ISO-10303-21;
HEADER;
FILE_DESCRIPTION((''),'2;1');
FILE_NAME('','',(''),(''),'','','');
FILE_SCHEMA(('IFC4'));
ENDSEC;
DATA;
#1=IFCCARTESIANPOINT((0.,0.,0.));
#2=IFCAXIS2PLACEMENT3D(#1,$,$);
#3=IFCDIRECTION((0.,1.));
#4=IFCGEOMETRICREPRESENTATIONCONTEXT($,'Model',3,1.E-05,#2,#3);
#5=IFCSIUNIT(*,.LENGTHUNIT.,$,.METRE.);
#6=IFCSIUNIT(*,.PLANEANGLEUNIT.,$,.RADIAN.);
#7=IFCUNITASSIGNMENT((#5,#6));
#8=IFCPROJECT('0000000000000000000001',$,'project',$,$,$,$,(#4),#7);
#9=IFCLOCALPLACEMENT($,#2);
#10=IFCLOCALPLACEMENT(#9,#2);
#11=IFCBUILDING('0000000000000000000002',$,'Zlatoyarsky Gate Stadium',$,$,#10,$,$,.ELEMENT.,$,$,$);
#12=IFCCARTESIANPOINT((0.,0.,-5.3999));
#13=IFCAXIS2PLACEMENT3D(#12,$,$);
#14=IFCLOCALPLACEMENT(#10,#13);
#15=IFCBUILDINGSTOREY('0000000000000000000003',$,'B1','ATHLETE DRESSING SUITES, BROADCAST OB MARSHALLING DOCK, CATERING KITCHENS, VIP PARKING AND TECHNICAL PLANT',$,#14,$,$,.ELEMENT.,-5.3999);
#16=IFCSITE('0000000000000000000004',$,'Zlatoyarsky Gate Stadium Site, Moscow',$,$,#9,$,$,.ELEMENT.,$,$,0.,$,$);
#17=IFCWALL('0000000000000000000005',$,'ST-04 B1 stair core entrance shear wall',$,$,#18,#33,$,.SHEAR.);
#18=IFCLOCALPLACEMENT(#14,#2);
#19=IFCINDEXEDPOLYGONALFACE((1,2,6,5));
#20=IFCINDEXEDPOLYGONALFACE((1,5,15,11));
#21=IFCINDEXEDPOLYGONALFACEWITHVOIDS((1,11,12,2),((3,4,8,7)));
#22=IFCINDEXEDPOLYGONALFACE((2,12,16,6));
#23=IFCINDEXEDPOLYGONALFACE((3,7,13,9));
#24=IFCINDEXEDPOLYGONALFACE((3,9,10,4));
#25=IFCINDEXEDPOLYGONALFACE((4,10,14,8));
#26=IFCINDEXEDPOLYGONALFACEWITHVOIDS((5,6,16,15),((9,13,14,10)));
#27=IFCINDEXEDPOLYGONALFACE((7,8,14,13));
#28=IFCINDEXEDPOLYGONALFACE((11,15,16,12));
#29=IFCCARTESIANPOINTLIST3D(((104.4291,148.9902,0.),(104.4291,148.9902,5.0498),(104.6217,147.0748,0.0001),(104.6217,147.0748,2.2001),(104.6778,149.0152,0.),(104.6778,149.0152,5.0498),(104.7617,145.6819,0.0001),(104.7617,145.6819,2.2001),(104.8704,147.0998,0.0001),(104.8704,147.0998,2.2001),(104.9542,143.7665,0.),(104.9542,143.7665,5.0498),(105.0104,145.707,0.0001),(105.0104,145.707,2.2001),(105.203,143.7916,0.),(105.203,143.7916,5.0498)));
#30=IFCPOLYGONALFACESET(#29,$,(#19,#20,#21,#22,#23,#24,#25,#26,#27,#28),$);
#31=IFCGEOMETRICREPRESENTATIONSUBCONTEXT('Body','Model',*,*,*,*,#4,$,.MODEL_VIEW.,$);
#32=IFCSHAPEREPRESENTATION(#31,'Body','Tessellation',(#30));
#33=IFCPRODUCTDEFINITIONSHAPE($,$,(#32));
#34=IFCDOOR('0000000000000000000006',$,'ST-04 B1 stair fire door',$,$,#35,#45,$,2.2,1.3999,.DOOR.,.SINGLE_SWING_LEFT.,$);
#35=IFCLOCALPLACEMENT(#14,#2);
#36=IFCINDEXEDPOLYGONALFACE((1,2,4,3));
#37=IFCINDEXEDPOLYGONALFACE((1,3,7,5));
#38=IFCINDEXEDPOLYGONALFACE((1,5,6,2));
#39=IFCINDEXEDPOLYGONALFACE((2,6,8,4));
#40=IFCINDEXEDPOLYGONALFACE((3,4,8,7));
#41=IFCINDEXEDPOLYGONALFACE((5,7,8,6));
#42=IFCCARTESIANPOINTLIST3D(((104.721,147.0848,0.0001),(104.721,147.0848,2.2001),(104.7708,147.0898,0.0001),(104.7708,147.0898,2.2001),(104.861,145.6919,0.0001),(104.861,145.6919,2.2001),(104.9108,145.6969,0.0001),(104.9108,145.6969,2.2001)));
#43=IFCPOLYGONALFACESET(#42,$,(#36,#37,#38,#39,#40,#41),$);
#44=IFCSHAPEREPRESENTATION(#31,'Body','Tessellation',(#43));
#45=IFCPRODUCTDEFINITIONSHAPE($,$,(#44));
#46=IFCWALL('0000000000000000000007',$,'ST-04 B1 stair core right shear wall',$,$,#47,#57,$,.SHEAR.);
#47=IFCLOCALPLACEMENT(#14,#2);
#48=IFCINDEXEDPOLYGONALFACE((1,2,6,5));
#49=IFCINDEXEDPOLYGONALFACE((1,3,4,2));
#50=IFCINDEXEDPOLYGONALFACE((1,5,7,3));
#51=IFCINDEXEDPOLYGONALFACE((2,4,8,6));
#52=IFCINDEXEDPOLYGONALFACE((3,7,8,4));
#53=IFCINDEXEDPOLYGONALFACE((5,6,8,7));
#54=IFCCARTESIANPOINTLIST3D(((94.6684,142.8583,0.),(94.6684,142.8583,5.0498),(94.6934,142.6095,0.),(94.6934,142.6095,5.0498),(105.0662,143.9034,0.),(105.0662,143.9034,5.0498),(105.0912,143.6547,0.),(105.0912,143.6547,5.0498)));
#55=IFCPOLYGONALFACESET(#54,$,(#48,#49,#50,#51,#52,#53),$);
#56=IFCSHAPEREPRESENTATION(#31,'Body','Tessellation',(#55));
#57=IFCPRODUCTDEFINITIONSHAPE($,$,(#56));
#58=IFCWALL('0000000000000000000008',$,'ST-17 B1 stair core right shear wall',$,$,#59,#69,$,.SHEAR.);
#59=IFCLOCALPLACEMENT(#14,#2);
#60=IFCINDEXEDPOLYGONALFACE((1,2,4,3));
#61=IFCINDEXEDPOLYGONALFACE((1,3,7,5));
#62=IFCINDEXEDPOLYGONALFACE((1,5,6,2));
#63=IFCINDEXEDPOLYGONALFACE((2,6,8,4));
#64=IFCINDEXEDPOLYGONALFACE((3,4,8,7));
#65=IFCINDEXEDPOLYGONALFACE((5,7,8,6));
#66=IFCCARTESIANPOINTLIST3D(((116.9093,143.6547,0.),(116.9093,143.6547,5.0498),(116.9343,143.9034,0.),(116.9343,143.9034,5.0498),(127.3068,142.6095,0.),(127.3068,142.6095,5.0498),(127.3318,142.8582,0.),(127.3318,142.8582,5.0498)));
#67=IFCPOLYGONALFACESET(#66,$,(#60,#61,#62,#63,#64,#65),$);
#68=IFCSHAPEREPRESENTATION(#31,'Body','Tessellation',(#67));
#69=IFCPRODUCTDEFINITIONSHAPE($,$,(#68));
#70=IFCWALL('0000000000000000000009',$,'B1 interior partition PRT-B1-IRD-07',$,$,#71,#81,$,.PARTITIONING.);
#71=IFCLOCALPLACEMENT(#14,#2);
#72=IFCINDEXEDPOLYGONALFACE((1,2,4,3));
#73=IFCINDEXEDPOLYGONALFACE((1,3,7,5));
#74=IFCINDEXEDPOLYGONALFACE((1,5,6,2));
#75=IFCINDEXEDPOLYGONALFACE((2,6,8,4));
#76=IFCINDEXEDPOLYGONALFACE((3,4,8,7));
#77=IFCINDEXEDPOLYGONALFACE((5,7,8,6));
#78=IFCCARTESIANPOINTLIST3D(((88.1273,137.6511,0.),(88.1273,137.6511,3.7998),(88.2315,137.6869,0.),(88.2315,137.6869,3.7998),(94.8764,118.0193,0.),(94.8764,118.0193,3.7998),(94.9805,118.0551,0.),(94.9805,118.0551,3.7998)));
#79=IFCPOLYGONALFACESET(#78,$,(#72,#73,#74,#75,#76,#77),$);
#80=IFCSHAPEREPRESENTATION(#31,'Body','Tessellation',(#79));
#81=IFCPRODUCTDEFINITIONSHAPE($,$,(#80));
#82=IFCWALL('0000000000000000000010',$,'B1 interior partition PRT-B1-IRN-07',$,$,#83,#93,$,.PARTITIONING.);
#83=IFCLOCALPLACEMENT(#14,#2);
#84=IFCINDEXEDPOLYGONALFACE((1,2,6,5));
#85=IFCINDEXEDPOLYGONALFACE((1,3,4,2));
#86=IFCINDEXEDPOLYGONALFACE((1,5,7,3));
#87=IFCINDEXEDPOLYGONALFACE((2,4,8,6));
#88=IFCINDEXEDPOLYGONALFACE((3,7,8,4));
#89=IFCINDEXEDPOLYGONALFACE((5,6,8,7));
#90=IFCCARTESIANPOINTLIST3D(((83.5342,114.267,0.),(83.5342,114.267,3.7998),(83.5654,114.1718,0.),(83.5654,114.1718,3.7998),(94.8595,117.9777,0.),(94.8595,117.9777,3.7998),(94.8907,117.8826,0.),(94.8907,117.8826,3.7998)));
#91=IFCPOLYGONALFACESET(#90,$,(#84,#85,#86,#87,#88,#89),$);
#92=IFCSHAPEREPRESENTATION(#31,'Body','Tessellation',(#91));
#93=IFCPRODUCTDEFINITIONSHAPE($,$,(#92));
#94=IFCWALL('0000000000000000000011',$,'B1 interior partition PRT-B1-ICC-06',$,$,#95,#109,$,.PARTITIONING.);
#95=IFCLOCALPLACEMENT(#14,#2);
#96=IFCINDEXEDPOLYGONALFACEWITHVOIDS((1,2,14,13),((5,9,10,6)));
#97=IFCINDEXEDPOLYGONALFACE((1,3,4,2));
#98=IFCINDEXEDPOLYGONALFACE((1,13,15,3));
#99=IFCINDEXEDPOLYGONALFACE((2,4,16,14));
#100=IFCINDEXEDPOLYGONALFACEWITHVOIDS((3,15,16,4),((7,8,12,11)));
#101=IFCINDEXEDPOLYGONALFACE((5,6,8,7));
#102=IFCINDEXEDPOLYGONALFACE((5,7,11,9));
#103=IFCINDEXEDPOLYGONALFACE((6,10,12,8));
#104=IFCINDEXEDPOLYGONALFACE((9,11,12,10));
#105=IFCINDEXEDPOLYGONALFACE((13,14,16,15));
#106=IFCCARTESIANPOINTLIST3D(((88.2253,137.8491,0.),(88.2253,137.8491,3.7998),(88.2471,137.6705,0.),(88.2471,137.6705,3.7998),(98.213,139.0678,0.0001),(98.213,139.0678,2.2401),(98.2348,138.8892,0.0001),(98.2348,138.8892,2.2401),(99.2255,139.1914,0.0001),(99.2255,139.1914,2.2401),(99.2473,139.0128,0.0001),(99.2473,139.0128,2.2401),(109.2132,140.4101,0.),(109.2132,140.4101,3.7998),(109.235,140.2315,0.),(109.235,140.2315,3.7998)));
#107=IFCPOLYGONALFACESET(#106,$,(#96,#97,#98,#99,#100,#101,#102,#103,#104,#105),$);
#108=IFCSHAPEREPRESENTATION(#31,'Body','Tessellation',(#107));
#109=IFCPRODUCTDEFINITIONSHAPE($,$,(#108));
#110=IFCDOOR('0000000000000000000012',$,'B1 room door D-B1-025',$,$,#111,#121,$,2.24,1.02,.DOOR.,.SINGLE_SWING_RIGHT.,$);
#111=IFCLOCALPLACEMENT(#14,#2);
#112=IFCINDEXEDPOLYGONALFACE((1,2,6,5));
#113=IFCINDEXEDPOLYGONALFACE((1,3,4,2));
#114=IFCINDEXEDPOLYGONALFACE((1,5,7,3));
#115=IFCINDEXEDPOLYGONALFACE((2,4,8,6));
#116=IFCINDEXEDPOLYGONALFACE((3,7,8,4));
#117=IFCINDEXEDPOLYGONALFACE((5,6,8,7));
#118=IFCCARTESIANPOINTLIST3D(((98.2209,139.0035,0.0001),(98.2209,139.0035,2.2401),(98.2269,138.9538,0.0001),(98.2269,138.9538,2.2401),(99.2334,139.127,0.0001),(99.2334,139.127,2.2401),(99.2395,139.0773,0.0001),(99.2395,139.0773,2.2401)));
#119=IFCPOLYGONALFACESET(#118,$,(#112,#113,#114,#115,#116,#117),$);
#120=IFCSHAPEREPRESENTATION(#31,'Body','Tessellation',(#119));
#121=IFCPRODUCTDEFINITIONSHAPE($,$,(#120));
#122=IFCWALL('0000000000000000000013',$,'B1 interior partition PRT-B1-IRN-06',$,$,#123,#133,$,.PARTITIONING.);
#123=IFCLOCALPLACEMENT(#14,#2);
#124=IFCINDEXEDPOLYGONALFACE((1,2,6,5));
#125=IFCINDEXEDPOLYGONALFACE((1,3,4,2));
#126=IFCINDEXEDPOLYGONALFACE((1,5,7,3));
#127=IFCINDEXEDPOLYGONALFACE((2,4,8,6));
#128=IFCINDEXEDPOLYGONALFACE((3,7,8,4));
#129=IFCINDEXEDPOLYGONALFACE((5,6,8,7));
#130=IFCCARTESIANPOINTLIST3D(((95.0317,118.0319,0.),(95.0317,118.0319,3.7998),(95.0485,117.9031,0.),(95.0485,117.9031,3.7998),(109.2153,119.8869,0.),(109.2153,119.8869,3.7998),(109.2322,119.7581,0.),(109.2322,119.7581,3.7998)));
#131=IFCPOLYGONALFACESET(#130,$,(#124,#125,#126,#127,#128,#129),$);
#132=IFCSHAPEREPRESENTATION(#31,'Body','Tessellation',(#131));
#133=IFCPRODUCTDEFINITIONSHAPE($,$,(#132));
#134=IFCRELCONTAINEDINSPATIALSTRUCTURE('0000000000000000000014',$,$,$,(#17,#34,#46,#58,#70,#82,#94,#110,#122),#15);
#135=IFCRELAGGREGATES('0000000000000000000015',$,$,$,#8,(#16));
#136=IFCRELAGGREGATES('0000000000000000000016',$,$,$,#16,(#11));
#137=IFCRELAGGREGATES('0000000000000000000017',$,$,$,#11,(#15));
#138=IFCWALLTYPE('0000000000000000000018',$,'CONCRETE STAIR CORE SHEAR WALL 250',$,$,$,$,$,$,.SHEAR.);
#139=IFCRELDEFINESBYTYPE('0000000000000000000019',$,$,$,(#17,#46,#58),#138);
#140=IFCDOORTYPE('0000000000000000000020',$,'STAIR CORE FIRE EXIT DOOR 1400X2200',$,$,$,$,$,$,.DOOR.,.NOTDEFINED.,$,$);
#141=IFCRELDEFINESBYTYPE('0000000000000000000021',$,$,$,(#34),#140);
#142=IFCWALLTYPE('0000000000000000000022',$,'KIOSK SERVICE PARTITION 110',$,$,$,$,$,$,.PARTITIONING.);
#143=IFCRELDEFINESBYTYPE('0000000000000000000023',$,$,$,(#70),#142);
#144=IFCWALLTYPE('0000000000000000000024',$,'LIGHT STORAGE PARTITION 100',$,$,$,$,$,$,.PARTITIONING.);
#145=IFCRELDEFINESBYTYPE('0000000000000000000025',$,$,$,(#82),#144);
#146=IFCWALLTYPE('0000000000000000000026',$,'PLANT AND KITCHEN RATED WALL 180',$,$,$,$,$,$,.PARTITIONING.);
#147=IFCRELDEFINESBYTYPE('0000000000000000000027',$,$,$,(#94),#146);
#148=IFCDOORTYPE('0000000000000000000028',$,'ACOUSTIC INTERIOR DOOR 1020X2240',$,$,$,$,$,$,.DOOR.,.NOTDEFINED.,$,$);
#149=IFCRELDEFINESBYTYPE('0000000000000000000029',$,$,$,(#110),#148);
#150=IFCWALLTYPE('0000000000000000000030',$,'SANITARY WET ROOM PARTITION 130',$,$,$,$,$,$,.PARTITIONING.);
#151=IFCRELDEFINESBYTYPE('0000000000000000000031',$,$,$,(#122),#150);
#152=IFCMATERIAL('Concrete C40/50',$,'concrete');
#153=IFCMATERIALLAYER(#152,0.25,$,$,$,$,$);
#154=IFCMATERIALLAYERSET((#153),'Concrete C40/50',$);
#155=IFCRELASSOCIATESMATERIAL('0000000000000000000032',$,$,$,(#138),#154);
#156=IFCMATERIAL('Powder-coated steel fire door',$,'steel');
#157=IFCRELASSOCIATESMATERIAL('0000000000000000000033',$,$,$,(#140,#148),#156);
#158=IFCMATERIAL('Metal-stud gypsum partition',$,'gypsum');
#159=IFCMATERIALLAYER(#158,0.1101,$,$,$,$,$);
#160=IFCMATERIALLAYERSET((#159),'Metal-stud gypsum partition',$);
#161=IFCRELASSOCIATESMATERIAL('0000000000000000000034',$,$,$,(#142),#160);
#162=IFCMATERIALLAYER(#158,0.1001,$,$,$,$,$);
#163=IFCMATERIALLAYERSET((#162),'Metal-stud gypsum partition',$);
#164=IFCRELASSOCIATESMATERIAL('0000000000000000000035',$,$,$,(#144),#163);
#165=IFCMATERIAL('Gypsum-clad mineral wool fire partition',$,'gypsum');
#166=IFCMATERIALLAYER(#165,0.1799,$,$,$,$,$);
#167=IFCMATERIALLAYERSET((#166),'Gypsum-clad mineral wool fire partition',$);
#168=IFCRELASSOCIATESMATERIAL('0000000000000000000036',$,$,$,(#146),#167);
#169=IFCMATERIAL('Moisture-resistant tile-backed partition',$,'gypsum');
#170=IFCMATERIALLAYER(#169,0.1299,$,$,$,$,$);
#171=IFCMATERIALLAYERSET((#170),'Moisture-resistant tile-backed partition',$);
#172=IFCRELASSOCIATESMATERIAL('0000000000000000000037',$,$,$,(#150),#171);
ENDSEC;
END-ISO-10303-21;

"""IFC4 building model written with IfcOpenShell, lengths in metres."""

from ifc_helpers import new_model, si_unit, direction, frame, frame_2d, origin, place, context, subcontext, project, spatial, rectangle, extrude, material, layer, layer_set, type_object, element, fill, save


model = new_model("IFC4")

# Units and contexts
model_context = context("Model", 3, precision=1e-05, world=origin(), true_north=direction((0.0, 1.0)))
body_context = subcontext(model_context, "Body", "Model", "MODEL_VIEW")
ifc_project = project(units=[si_unit("LENGTHUNIT", "METRE"), si_unit("PLANEANGLEUNIT", "RADIAN")], contexts=[model_context])

# Site, building, storey
site_placement = place(None, origin())
site = spatial("IfcSite", under=ifc_project, at=site_placement, Name="Zlatoyarsky Gate Stadium Site, Moscow", CompositionType="ELEMENT", RefElevation=0.0)
building_placement = place(site_placement, origin())
building = spatial("IfcBuilding", under=site, at=building_placement, Name="Zlatoyarsky Gate Stadium", CompositionType="ELEMENT")
storey_placement = place(building_placement, frame((0.0, 0.0, -5.3999)))
storey = spatial("IfcBuildingStorey", under=building, at=storey_placement, Name="B1", Description="ATHLETE DRESSING SUITES, BROADCAST OB MARSHALLING DOCK, CATERING KITCHENS, VIP PARKING AND TECHNICAL PLANT", CompositionType="ELEMENT", Elevation=-5.3999)

# Shared definitions
ifc_material_1 = material(Name="Concrete C40/50", Category="concrete")

# Wall, opening, door
ifc_layer_1 = layer(ifc_material_1, 0.25)
ifc_layer_set_1 = layer_set([ifc_layer_1], Name="Concrete C40/50")
wall_type_1 = type_object("IfcWallType", Name="CONCRETE STAIR CORE SHEAR WALL 250", PredefinedType="SHEAR", material=ifc_layer_set_1)
wall_1_placement = place(storey_placement, frame((105.0786, 143.7791, 0.0), z_axis=(0.0, 0.0, 1.0), x_axis=(-0.100029, 0.994985, 0.0)))
wall_1 = element("IfcWall", 1, at=wall_1_placement, inside=storey, type_object=wall_type_1, Name="ST-04 B1 stair core entrance shear wall", PredefinedType="SHEAR", context=body_context, shape_type="SweptSolid", body=[
    extrude(rectangle(XDim=5.25, YDim=0.25, at=frame_2d((2.625, 0.0))), origin(), (0.0, 0.0, 1.0), 5.0498),
])
opening_1_placement = place(wall_1_placement, frame((1.925, 0.0, 0.0)))
opening_1 = element("IfcOpeningElement", 2, at=opening_1_placement, cuts=wall_1, PredefinedType="OPENING", context=body_context, shape_type="SweptSolid", body=[
    extrude(rectangle(XDim=1.3999, YDim=2.2, at=frame_2d((0.7, 1.1001))), frame((0.0, 0.135, 0.0), z_axis=(0.0, -1.0, 0.0), x_axis=(1.0, 0.0, 0.0)), (0.0, 0.0, 1.0), 0.27),
])
ifc_material_2 = material(Name="Powder-coated steel fire door", Category="steel")
door_type_1 = type_object("IfcDoorType", Name="STAIR CORE FIRE EXIT DOOR 1400X2200", OperationType="NOTDEFINED", PredefinedType="DOOR", material=ifc_material_2)
door_1_placement = place(opening_1_placement, frame((1.3999, 0.0, 0.0), z_axis=(0.0, 0.0, 1.0), x_axis=(-1.0, 0.0, 0.0)))
door_1 = element("IfcDoor", 3, at=door_1_placement, inside=storey, type_object=door_type_1, Name="ST-04 B1 stair fire door", OperationType="SINGLE_SWING_LEFT", OverallHeight=2.2, OverallWidth=1.3999, PredefinedType="DOOR", context=body_context, shape_type="SweptSolid", body=[
    extrude(rectangle(XDim=1.3999, YDim=2.2, at=frame_2d((0.7, 1.1001))), frame((0.0, 0.0249, 0.0), z_axis=(0.0, -1.0, 0.0), x_axis=(1.0, 0.0, 0.0)), (0.0, 0.0, 1.0), 0.05),
])
fill(opening_1, door_1)

# Walls
wall_2_placement = place(storey_placement, frame((94.6809, 142.7339, 0.0), z_axis=(0.0, 0.0, 1.0), x_axis=(0.994986, 0.100015, 0.0)))
element("IfcWall", 4, at=wall_2_placement, inside=storey, type_object=wall_type_1, Name="ST-04 B1 stair core right shear wall", PredefinedType="SHEAR", context=body_context, shape_type="SweptSolid", body=[
    extrude(rectangle(XDim=10.4502, YDim=0.25, at=frame_2d((5.2251, 0.0))), origin(), (0.0, 0.0, 1.0), 5.0498),
])
wall_3_placement = place(storey_placement, frame((116.9216, 143.7791, 0.0), z_axis=(0.0, 0.0, 1.0), x_axis=(0.994986, -0.100017, 0.0)))
element("IfcWall", 5, at=wall_3_placement, inside=storey, type_object=wall_type_1, Name="ST-17 B1 stair core right shear wall", PredefinedType="SHEAR", context=body_context, shape_type="SweptSolid", body=[
    extrude(rectangle(XDim=10.45, YDim=0.25, at=frame_2d((5.2251, 0.0))), origin(), (0.0, 0.0, 1.0), 5.0498),
])
ifc_material_3 = material(Name="Metal-stud gypsum partition", Category="gypsum")
ifc_layer_2 = layer(ifc_material_3, 0.1101)
ifc_layer_set_2 = layer_set([ifc_layer_2], Name="Metal-stud gypsum partition")
wall_type_2 = type_object("IfcWallType", Name="KIOSK SERVICE PARTITION 110", PredefinedType="PARTITIONING", material=ifc_layer_set_2)
wall_4_placement = place(storey_placement, frame((94.9285, 118.0371, 0.0), z_axis=(0.0, 0.0, 1.0), x_axis=(-0.325105, 0.945678, 0.0)))
element("IfcWall", 6, at=wall_4_placement, inside=storey, type_object=wall_type_2, Name="B1 interior partition PRT-B1-IRD-07", PredefinedType="PARTITIONING", context=body_context, shape_type="SweptSolid", body=[
    extrude(rectangle(XDim=20.7595, YDim=0.1101, at=frame_2d((10.3799, 0.0))), origin(), (0.0, 0.0, 1.0), 3.7998),
])
ifc_layer_3 = layer(ifc_material_3, 0.1001)
ifc_layer_set_3 = layer_set([ifc_layer_3], Name="Metal-stud gypsum partition")
wall_type_3 = type_object("IfcWallType", Name="LIGHT STORAGE PARTITION 100", PredefinedType="PARTITIONING", material=ifc_layer_set_3)
wall_5_placement = place(storey_placement, frame((94.8752, 117.9302, 0.0), z_axis=(0.0, 0.0, 1.0), x_axis=(-0.950291, -0.311362, 0.0)))
element("IfcWall", 7, at=wall_5_placement, inside=storey, type_object=wall_type_3, Name="B1 interior partition PRT-B1-IRN-07", PredefinedType="PARTITIONING", context=body_context, shape_type="SweptSolid", body=[
    extrude(rectangle(XDim=11.9177, YDim=0.1001, at=frame_2d((5.959, 0.0))), origin(), (0.0, 0.0, 1.0), 3.7998),
])

# Wall, opening, door
ifc_material_4 = material(Name="Gypsum-clad mineral wool fire partition", Category="gypsum")
ifc_layer_4 = layer(ifc_material_4, 0.1799)
ifc_layer_set_4 = layer_set([ifc_layer_4], Name="Gypsum-clad mineral wool fire partition")
wall_type_4 = type_object("IfcWallType", Name="PLANT AND KITCHEN RATED WALL 180", PredefinedType="PARTITIONING", material=ifc_layer_set_4)
wall_6_placement = place(storey_placement, frame((109.2241, 140.3208, 0.0), z_axis=(0.0, 0.0, 1.0), x_axis=(-0.992637, -0.121127, 0.0)))
wall_6 = element("IfcWall", 8, at=wall_6_placement, inside=storey, type_object=wall_type_4, Name="B1 interior partition PRT-B1-ICC-06", PredefinedType="PARTITIONING", context=body_context, shape_type="SweptSolid", body=[
    extrude(rectangle(XDim=21.1436, YDim=0.1799, at=frame_2d((10.5718, 0.0))), origin(), (0.0, 0.0, 1.0), 3.7998),
])
opening_2_placement = place(wall_6_placement, frame((10.0618, 0.0, 0.0)))
opening_2 = element("IfcOpeningElement", 9, at=opening_2_placement, cuts=wall_6, PredefinedType="OPENING", context=body_context, shape_type="SweptSolid", body=[
    extrude(rectangle(XDim=1.02, YDim=2.24, at=frame_2d((0.51, 1.1201))), frame((0.0, 0.0999, 0.0), z_axis=(0.0, -1.0, 0.0), x_axis=(1.0, 0.0, 0.0)), (0.0, 0.0, 1.0), 0.2),
])
door_type_2 = type_object("IfcDoorType", Name="ACOUSTIC INTERIOR DOOR 1020X2240", OperationType="NOTDEFINED", PredefinedType="DOOR", material=ifc_material_2)
door_2_placement = place(opening_2_placement, origin())
door_2 = element("IfcDoor", 10, at=door_2_placement, inside=storey, type_object=door_type_2, Name="B1 room door D-B1-025", OperationType="SINGLE_SWING_RIGHT", OverallHeight=2.24, OverallWidth=1.02, PredefinedType="DOOR", context=body_context, shape_type="SweptSolid", body=[
    extrude(rectangle(XDim=1.02, YDim=2.24, at=frame_2d((0.51, 1.1201))), frame((0.0, 0.0249, 0.0), z_axis=(0.0, -1.0, 0.0), x_axis=(1.0, 0.0, 0.0)), (0.0, 0.0, 1.0), 0.05),
])
fill(opening_2, door_2)

# Wall
ifc_material_5 = material(Name="Moisture-resistant tile-backed partition", Category="gypsum")
ifc_layer_5 = layer(ifc_material_5, 0.1299)
ifc_layer_set_5 = layer_set([ifc_layer_5], Name="Moisture-resistant tile-backed partition")
wall_type_5 = type_object("IfcWallType", Name="SANITARY WET ROOM PARTITION 130", PredefinedType="PARTITIONING", material=ifc_layer_set_5)
wall_7_placement = place(storey_placement, frame((109.2239, 119.8225, 0.0), z_axis=(0.0, 0.0, 1.0), x_axis=(-0.991556, -0.129679, 0.0)))
element("IfcWall", 11, at=wall_7_placement, inside=storey, type_object=wall_type_5, Name="B1 interior partition PRT-B1-IRN-06", PredefinedType="PARTITIONING", context=body_context, shape_type="SweptSolid", body=[
    extrude(rectangle(XDim=14.3044, YDim=0.1299, at=frame_2d((7.1523, 0.0))), origin(), (0.0, 0.0, 1.0), 3.7998),
])

save(model, "model.ifc")
